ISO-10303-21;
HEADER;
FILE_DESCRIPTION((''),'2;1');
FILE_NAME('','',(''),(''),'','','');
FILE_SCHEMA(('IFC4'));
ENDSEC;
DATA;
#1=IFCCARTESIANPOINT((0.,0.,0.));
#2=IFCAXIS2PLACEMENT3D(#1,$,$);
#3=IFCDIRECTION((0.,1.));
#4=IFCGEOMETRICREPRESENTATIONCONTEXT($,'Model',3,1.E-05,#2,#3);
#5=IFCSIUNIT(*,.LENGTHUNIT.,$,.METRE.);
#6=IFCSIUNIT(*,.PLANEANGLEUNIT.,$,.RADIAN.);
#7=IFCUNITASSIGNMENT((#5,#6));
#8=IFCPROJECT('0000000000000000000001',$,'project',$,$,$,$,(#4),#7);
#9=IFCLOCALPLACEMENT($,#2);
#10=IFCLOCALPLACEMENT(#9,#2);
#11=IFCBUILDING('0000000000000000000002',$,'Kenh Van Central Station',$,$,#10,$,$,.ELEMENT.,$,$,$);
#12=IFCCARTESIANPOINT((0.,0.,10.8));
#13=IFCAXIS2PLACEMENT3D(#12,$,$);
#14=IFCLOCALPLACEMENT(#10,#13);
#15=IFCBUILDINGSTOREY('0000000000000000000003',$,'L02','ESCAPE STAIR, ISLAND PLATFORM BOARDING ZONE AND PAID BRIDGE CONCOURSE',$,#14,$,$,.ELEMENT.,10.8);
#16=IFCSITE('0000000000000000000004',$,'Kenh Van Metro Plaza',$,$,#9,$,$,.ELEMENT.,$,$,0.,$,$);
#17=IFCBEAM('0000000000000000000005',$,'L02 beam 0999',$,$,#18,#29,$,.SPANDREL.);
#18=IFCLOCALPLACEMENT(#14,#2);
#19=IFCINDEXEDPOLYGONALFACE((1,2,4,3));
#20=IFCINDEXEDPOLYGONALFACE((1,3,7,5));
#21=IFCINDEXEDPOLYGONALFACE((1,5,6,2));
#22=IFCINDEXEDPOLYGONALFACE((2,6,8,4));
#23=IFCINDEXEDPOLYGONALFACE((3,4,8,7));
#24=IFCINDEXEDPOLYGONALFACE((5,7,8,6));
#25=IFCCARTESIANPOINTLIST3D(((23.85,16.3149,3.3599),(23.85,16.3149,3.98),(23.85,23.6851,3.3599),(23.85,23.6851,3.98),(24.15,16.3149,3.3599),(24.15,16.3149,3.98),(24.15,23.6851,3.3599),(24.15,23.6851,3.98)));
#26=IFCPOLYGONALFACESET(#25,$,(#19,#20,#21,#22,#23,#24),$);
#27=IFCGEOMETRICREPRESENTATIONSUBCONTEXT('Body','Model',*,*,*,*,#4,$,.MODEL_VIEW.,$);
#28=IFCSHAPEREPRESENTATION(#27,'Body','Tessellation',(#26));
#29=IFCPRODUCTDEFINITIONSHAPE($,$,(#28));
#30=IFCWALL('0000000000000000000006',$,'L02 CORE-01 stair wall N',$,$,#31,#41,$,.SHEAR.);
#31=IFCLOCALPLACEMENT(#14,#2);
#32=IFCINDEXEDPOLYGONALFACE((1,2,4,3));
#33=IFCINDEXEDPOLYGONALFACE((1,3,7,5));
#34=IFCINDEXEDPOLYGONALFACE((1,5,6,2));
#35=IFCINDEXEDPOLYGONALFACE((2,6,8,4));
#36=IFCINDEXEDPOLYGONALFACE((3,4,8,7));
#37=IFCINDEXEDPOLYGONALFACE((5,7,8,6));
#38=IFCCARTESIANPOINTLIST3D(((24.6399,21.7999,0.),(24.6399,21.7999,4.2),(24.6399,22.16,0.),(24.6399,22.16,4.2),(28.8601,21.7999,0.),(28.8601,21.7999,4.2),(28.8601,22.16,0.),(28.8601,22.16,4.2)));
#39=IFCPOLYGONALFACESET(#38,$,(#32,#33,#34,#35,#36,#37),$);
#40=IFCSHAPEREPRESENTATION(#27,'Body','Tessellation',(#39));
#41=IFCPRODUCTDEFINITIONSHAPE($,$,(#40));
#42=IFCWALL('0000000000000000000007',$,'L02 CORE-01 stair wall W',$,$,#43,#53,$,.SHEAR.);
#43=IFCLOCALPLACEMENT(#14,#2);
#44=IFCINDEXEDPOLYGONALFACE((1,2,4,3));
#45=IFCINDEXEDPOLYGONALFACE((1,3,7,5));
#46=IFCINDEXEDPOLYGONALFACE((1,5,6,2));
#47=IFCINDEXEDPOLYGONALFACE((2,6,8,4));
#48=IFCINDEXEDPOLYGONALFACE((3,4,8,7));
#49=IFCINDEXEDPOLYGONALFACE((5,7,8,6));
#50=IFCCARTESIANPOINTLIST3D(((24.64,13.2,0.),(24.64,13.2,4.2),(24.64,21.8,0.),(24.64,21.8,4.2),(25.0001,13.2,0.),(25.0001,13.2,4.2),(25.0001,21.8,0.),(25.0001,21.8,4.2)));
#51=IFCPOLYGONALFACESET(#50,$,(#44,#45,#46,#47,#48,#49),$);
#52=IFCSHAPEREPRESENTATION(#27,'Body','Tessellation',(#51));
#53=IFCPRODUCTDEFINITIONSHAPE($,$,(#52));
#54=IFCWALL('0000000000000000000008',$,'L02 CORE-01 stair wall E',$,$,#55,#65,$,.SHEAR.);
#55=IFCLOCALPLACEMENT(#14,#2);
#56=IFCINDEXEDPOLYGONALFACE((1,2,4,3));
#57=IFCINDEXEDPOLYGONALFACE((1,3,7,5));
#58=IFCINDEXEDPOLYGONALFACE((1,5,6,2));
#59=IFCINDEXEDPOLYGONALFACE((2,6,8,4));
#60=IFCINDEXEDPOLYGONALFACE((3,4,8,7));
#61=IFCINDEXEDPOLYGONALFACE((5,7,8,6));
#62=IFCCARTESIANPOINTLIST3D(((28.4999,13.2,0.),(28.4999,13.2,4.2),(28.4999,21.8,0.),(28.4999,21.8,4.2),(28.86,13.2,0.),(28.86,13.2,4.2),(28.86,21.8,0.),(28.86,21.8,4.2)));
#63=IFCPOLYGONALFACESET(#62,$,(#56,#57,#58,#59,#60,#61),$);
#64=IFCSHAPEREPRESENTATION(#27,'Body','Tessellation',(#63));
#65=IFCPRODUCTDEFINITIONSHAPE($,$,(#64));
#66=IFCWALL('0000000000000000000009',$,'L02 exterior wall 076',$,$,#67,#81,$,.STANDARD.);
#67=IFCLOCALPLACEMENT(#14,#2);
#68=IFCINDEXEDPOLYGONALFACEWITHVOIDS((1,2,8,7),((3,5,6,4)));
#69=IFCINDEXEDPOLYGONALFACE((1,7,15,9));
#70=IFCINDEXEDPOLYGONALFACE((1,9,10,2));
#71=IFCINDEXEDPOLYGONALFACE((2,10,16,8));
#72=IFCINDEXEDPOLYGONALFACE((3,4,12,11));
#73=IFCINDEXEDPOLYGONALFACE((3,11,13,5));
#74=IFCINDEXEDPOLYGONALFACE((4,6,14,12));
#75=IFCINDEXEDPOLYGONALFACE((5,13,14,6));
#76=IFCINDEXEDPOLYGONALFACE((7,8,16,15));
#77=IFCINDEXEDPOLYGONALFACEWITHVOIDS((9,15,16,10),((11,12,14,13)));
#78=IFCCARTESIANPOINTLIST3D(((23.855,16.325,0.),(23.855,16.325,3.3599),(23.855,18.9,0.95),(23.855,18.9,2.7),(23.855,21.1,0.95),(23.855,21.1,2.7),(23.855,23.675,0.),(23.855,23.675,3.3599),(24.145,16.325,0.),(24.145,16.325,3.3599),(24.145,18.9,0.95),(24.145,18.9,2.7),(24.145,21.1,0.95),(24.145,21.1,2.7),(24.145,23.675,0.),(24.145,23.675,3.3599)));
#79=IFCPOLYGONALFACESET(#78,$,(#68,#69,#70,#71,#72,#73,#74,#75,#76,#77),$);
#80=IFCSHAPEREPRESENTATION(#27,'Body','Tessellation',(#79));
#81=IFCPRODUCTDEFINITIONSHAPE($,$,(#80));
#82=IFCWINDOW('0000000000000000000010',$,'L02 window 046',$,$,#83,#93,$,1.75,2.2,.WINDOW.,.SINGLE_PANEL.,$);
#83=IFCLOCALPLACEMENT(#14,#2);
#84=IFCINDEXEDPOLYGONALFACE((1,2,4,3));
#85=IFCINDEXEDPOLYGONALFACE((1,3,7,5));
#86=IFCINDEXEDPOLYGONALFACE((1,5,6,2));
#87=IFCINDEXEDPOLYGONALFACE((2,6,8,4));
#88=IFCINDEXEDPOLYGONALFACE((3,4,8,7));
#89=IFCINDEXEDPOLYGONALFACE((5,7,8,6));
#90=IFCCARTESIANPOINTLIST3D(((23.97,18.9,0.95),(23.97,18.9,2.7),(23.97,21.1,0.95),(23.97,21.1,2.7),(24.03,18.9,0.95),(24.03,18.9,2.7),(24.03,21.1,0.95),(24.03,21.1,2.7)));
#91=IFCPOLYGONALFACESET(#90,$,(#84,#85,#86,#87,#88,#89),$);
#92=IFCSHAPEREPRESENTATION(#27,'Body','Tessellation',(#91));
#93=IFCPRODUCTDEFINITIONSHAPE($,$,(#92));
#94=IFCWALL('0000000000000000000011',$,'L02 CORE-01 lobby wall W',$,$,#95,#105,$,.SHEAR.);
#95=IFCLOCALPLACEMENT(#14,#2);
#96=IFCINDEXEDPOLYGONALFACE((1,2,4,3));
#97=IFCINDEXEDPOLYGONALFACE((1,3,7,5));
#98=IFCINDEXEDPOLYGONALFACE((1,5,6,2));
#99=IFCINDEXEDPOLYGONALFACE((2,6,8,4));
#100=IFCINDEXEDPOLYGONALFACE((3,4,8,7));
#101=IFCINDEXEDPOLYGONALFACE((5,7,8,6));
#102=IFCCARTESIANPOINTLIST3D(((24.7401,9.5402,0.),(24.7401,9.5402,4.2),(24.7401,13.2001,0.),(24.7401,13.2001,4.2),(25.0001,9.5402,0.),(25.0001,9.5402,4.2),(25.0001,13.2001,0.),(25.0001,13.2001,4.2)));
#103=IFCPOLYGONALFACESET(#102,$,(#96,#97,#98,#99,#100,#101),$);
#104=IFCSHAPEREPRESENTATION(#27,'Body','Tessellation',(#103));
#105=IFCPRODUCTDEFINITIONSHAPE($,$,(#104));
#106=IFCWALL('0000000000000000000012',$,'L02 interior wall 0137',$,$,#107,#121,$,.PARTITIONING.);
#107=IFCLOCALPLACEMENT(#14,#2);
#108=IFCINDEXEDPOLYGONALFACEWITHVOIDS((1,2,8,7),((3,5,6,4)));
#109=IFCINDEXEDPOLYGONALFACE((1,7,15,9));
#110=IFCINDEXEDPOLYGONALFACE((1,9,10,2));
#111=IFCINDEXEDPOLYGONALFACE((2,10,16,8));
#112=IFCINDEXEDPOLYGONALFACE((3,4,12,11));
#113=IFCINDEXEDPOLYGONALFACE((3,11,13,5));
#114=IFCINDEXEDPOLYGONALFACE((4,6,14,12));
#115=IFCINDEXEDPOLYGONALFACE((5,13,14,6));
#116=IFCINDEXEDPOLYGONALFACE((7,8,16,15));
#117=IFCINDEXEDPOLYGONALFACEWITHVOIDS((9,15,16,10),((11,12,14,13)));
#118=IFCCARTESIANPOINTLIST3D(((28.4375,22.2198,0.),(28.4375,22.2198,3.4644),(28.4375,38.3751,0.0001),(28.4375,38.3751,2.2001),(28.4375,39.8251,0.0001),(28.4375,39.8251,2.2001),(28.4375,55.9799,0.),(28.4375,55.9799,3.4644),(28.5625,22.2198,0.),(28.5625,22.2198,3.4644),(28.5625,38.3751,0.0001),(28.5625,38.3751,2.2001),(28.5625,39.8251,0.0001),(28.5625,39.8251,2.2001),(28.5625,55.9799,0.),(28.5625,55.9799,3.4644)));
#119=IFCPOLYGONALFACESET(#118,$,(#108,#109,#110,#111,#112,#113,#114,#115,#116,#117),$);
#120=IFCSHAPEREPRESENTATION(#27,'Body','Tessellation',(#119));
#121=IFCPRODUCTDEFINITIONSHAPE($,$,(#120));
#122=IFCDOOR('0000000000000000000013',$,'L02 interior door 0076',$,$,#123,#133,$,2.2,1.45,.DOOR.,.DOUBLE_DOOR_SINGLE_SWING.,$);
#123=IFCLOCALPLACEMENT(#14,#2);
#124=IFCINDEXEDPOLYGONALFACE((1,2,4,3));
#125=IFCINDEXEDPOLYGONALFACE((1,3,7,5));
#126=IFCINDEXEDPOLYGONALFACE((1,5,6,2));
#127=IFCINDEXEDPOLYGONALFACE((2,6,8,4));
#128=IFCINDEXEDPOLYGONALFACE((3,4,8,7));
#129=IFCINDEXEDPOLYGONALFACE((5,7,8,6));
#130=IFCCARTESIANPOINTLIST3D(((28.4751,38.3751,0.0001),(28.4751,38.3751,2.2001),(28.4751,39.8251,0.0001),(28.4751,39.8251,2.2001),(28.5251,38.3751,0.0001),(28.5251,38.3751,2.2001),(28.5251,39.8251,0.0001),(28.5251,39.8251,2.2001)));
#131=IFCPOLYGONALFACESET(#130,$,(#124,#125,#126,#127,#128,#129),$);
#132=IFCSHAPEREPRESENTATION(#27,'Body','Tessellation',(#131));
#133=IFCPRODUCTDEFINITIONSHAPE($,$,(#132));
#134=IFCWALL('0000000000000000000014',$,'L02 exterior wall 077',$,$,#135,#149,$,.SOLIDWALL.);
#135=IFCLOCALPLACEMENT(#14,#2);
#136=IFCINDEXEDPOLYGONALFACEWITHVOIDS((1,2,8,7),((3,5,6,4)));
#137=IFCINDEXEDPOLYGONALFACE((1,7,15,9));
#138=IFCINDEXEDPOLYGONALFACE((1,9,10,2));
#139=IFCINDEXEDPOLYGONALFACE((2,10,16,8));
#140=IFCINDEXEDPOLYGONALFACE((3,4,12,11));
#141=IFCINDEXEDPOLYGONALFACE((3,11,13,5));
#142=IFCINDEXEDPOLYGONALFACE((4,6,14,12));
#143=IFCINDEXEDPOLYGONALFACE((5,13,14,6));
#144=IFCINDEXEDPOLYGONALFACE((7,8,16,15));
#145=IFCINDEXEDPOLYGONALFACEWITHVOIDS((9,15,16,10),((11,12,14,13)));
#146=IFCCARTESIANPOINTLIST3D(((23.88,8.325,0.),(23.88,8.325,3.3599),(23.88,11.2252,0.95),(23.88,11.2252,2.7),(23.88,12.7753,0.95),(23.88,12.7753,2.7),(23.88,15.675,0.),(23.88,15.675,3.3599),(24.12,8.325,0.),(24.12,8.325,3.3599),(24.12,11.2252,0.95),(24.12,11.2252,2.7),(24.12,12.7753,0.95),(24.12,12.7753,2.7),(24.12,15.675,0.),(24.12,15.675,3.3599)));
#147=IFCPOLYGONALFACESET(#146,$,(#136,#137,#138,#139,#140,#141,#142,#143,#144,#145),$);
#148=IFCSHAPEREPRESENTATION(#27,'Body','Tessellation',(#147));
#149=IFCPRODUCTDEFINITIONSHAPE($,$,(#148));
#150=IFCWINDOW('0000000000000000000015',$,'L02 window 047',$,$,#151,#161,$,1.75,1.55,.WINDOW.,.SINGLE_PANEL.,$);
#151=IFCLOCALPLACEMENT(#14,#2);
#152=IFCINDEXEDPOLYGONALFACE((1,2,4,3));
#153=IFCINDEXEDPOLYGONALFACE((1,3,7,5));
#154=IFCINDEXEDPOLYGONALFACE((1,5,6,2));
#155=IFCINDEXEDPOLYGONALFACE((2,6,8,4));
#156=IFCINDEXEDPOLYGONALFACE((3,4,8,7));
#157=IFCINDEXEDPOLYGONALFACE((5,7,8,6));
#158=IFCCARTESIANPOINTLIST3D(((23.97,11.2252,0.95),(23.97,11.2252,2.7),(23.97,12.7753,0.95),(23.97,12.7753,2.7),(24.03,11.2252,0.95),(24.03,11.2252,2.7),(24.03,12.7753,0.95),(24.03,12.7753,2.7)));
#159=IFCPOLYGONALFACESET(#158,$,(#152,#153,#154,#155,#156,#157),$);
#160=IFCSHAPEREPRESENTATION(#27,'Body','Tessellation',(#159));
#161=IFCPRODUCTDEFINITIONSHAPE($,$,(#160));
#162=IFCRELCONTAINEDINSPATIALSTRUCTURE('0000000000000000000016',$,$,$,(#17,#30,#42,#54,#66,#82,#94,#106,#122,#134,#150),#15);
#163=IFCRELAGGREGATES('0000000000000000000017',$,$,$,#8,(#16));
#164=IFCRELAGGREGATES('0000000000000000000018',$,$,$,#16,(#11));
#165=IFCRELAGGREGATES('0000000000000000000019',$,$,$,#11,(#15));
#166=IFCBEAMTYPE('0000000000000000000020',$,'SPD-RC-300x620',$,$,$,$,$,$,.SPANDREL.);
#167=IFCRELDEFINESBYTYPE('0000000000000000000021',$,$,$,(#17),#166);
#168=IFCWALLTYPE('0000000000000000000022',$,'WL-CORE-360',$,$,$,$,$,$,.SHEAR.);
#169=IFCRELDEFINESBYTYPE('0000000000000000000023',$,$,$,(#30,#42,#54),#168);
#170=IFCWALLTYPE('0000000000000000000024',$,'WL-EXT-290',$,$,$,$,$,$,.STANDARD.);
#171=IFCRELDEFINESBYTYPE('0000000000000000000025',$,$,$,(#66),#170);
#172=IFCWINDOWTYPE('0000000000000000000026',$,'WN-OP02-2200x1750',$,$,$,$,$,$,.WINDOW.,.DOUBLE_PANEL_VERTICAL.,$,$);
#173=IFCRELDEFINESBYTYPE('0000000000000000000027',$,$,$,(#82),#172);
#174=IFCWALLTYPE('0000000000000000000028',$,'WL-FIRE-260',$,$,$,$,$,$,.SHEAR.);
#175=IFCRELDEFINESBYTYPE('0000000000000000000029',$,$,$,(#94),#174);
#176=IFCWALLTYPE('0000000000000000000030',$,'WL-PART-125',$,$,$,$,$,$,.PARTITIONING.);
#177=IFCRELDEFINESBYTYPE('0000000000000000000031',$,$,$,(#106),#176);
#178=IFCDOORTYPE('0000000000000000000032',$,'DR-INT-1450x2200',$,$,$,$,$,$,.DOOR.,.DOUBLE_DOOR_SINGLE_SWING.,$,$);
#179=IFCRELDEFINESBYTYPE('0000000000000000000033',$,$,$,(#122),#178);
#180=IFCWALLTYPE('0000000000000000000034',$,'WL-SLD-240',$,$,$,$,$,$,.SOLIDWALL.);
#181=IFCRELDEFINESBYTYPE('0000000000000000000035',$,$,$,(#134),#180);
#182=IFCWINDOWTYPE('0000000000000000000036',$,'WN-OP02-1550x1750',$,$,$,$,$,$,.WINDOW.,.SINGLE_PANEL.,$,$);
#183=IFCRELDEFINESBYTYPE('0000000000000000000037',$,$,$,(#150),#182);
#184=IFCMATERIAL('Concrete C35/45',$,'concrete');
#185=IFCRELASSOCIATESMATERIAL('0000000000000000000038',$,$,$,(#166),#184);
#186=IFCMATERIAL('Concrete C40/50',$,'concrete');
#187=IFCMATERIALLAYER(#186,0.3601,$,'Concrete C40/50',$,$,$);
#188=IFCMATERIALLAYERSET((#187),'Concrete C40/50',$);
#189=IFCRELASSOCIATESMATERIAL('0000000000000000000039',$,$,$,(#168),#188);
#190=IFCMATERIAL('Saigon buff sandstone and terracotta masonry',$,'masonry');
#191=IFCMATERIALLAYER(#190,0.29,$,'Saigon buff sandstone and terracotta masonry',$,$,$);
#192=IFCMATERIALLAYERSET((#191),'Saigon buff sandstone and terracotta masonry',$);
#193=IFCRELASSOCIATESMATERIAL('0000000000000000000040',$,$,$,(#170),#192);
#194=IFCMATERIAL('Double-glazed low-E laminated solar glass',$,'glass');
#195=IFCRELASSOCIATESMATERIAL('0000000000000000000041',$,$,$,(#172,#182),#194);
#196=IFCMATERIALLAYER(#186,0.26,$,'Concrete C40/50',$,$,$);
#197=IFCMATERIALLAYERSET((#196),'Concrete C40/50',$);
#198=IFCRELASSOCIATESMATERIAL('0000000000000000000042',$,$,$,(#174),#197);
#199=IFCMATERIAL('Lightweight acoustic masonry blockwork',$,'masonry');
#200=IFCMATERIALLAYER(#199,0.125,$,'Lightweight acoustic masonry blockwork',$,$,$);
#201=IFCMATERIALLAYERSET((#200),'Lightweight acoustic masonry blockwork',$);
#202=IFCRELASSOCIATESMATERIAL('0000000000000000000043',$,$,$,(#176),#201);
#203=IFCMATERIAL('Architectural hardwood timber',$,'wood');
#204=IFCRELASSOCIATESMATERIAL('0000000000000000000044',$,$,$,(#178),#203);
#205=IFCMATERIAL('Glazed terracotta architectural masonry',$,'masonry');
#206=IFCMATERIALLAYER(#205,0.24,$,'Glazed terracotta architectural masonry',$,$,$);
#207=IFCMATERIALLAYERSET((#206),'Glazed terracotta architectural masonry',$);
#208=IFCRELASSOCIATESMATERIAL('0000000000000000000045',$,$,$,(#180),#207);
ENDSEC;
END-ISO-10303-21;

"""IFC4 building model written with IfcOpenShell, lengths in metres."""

from ifc_helpers import new_model, si_unit, direction, frame, frame_2d, origin, origin_2d, place, context, subcontext, project, spatial, rectangle, extrude, material, layer, layer_set, material_profile, profile_set, type_object, element, fill, save


model = new_model("IFC4")

# Units and contexts
model_context = context("Model", 3, precision=1e-05, world=origin(), true_north=direction((0.0, 1.0)))
body_context = subcontext(model_context, "Body", "Model", "MODEL_VIEW")
ifc_project = project(units=[si_unit("LENGTHUNIT", "METRE"), si_unit("PLANEANGLEUNIT", "RADIAN")], contexts=[model_context])

# Site, building, storey
site_placement = place(None, origin())
site = spatial("IfcSite", under=ifc_project, at=site_placement, Name="Kenh Van Metro Plaza", CompositionType="ELEMENT", RefElevation=0.0)
building_placement = place(site_placement, origin())
building = spatial("IfcBuilding", under=site, at=building_placement, Name="Kenh Van Central Station", CompositionType="ELEMENT")
storey_placement = place(building_placement, frame((0.0, 0.0, 10.8)))
storey = spatial("IfcBuildingStorey", under=building, at=storey_placement, Name="L02", Description="ESCAPE STAIR, ISLAND PLATFORM BOARDING ZONE AND PAID BRIDGE CONCOURSE", CompositionType="ELEMENT", Elevation=10.8)

# Shared definitions
ifc_material_1 = material(Name="Concrete C35/45", Category="concrete")

# Beam
ifc_material_profile_1 = material_profile(ifc_material_1, rectangle(XDim=0.3, YDim=0.6201, at=origin_2d()), Name="RC 300x620")
ifc_profile_set_1 = profile_set([ifc_material_profile_1], Name="Concrete C35/45")
beam_type_1 = type_object("IfcBeamType", Name="SPD-RC-300x620", PredefinedType="SPANDREL", material=ifc_profile_set_1)
beam_placement = place(storey_placement, frame((24.0, 16.3149, 3.6699), z_axis=(0.0, 1.0, 0.0), x_axis=(-1.0, 0.0, 0.0)))
element("IfcBeam", 1, at=beam_placement, inside=storey, type_object=beam_type_1, Name="L02 beam 0999", PredefinedType="SPANDREL", context=body_context, shape_type="SweptSolid", body=[
    extrude(rectangle(XDim=0.3, YDim=0.6201, at=origin_2d()), origin(), (0.0, 0.0, 1.0), 7.3701),
])

# Shared definitions
ifc_material_2 = material(Name="Concrete C40/50", Category="concrete")
ifc_layer_1 = layer(ifc_material_2, 0.3601, Name="Concrete C40/50")
ifc_layer_set_1 = layer_set([ifc_layer_1], Name="Concrete C40/50")
wall_type_1 = type_object("IfcWallType", Name="WL-CORE-360", PredefinedType="SHEAR", material=ifc_layer_set_1)

# Walls
wall_1_placement = place(storey_placement, frame((24.6399, 21.98, 0.0), z_axis=(0.0, 0.0, 1.0), x_axis=(1.0, 0.0, 0.0)))
element("IfcWall", 2, at=wall_1_placement, inside=storey, type_object=wall_type_1, Name="L02 CORE-01 stair wall N", PredefinedType="SHEAR", context=body_context, shape_type="SweptSolid", body=[
    extrude(rectangle(XDim=4.2202, YDim=0.3601, at=frame_2d((2.1101, 0.0))), origin(), (0.0, 0.0, 1.0), 4.2),
])
for number, where, z_axis, x_axis, name in (
    (3, (24.8201, 13.2, 0.0), (0.0, 0.0, 1.0), (0.0, 1.0, 0.0), "L02 CORE-01 stair wall W"),
    (4, (28.6799, 13.2, 0.0), (0.0, 0.0, 1.0), (0.0, 1.0, 0.0), "L02 CORE-01 stair wall E"),
):
    element("IfcWall", number, at=place(storey_placement, frame(where, z_axis=z_axis, x_axis=x_axis)), inside=storey, type_object=wall_type_1, Name=name, PredefinedType="SHEAR", context=body_context, shape_type="SweptSolid", body=[
        extrude(rectangle(XDim=8.6001, YDim=0.3601, at=frame_2d((4.3, 0.0))), origin(), (0.0, 0.0, 1.0), 4.2),
    ])

# Wall, opening, window
ifc_material_3 = material(Name="Saigon buff sandstone and terracotta masonry", Category="masonry")
ifc_layer_2 = layer(ifc_material_3, 0.29, Name="Saigon buff sandstone and terracotta masonry")
ifc_layer_set_2 = layer_set([ifc_layer_2], Name="Saigon buff sandstone and terracotta masonry")
wall_type_2 = type_object("IfcWallType", Name="WL-EXT-290", PredefinedType="STANDARD", material=ifc_layer_set_2)
wall_2_placement = place(storey_placement, frame((24.0, 23.675, 0.0), z_axis=(0.0, 0.0, 1.0), x_axis=(0.0, -1.0, 0.0)))
wall_2 = element("IfcWall", 5, at=wall_2_placement, inside=storey, type_object=wall_type_2, Name="L02 exterior wall 076", PredefinedType="STANDARD", context=body_context, shape_type="SweptSolid", body=[
    extrude(rectangle(XDim=7.3501, YDim=0.29, at=frame_2d((3.675, 0.0))), origin(), (0.0, 0.0, 1.0), 3.3599),
])
opening_1_placement = place(wall_2_placement, frame((2.575, 0.0, 0.95)))
opening_1 = element("IfcOpeningElement", 6, at=opening_1_placement, cuts=wall_2, PredefinedType="OPENING", context=body_context, shape_type="SweptSolid", body=[
    extrude(rectangle(XDim=2.2, YDim=1.75, at=frame_2d((1.1001, 0.875))), frame((0.0, 0.155, 0.0), z_axis=(0.0, -1.0, 0.0), x_axis=(1.0, 0.0, 0.0)), (0.0, 0.0, 1.0), 0.3101),
])
ifc_material_4 = material(Name="Double-glazed low-E laminated solar glass", Category="glass")
window_type_1 = type_object("IfcWindowType", Name="WN-OP02-2200x1750", PartitioningType="DOUBLE_PANEL_VERTICAL", PredefinedType="WINDOW", material=ifc_material_4)
window_1_placement = place(opening_1_placement, origin())
window_1 = element("IfcWindow", 7, at=window_1_placement, inside=storey, type_object=window_type_1, Name="L02 window 046", OverallHeight=1.75, OverallWidth=2.2, PartitioningType="SINGLE_PANEL", PredefinedType="WINDOW", context=body_context, shape_type="SweptSolid", body=[
    extrude(rectangle(XDim=2.2, YDim=1.75, at=frame_2d((1.1001, 0.875))), frame((0.0, 0.03, 0.0), z_axis=(0.0, -1.0, 0.0), x_axis=(1.0, 0.0, 0.0)), (0.0, 0.0, 1.0), 0.0601),
])
fill(opening_1, window_1)

# Wall
ifc_layer_3 = layer(ifc_material_2, 0.26, Name="Concrete C40/50")
ifc_layer_set_3 = layer_set([ifc_layer_3], Name="Concrete C40/50")
wall_type_3 = type_object("IfcWallType", Name="WL-FIRE-260", PredefinedType="SHEAR", material=ifc_layer_set_3)
wall_3_placement = place(storey_placement, frame((24.8701, 9.54, 0.0), z_axis=(0.0, 0.0, 1.0), x_axis=(0.0, 1.0, 0.0)))
element("IfcWall", 8, at=wall_3_placement, inside=storey, type_object=wall_type_3, Name="L02 CORE-01 lobby wall W", PredefinedType="SHEAR", context=body_context, shape_type="SweptSolid", body=[
    extrude(rectangle(XDim=3.6599, YDim=0.26, at=frame_2d((1.8301, 0.0))), origin(), (0.0, 0.0, 1.0), 4.2),
])

# Wall, opening, door
ifc_material_5 = material(Name="Lightweight acoustic masonry blockwork", Category="masonry")
ifc_layer_4 = layer(ifc_material_5, 0.125, Name="Lightweight acoustic masonry blockwork")
ifc_layer_set_4 = layer_set([ifc_layer_4], Name="Lightweight acoustic masonry blockwork")
wall_type_4 = type_object("IfcWallType", Name="WL-PART-125", PredefinedType="PARTITIONING", material=ifc_layer_set_4)
wall_4_placement = place(storey_placement, frame((28.5, 22.22, 0.0), z_axis=(0.0, 0.0, 1.0), x_axis=(0.0, 1.0, 0.0)))
wall_4 = element("IfcWall", 9, at=wall_4_placement, inside=storey, type_object=wall_type_4, Name="L02 interior wall 0137", PredefinedType="PARTITIONING", context=body_context, shape_type="SweptSolid", body=[
    extrude(rectangle(XDim=33.76, YDim=0.125, at=frame_2d((16.8799, 0.0))), origin(), (0.0, 0.0, 1.0), 3.4644),
])
opening_2_placement = place(wall_4_placement, frame((16.155, 0.0, 0.0)))
opening_2 = element("IfcOpeningElement", 10, at=opening_2_placement, cuts=wall_4, PredefinedType="OPENING", context=body_context, shape_type="SweptSolid", body=[
    extrude(rectangle(XDim=1.45, YDim=2.2, at=frame_2d((0.7251, 1.1001))), frame((0.0, 0.0725, 0.0), z_axis=(0.0, -1.0, 0.0), x_axis=(1.0, 0.0, 0.0)), (0.0, 0.0, 1.0), 0.145),
])
ifc_material_6 = material(Name="Architectural hardwood timber", Category="wood")
door_type_1 = type_object("IfcDoorType", Name="DR-INT-1450x2200", OperationType="DOUBLE_DOOR_SINGLE_SWING", PredefinedType="DOOR", material=ifc_material_6)
door_1_placement = place(opening_2_placement, origin())
door_1 = element("IfcDoor", 11, at=door_1_placement, inside=storey, type_object=door_type_1, Name="L02 interior door 0076", OperationType="DOUBLE_DOOR_SINGLE_SWING", OverallHeight=2.2, OverallWidth=1.45, PredefinedType="DOOR", context=body_context, shape_type="SweptSolid", body=[
    extrude(rectangle(XDim=1.45, YDim=2.2, at=frame_2d((0.7251, 1.1001))), frame((0.0, 0.0249, 0.0), z_axis=(0.0, -1.0, 0.0), x_axis=(1.0, 0.0, 0.0)), (0.0, 0.0, 1.0), 0.05),
])
fill(opening_2, door_1)

# Wall, opening, window
ifc_material_7 = material(Name="Glazed terracotta architectural masonry", Category="masonry")
ifc_layer_5 = layer(ifc_material_7, 0.24, Name="Glazed terracotta architectural masonry")
ifc_layer_set_5 = layer_set([ifc_layer_5], Name="Glazed terracotta architectural masonry")
wall_type_5 = type_object("IfcWallType", Name="WL-SLD-240", PredefinedType="SOLIDWALL", material=ifc_layer_set_5)
wall_5_placement = place(storey_placement, frame((24.0, 15.675, 0.0), z_axis=(0.0, 0.0, 1.0), x_axis=(0.0, -1.0, 0.0)))
wall_5 = element("IfcWall", 12, at=wall_5_placement, inside=storey, type_object=wall_type_5, Name="L02 exterior wall 077", PredefinedType="SOLIDWALL", context=body_context, shape_type="SweptSolid", body=[
    extrude(rectangle(XDim=7.3501, YDim=0.24, at=frame_2d((3.675, 0.0))), origin(), (0.0, 0.0, 1.0), 3.3599),
])
opening_3_placement = place(wall_5_placement, frame((2.8999, 0.0, 0.95)))
opening_3 = element("IfcOpeningElement", 13, at=opening_3_placement, cuts=wall_5, PredefinedType="OPENING", context=body_context, shape_type="SweptSolid", body=[
    extrude(rectangle(XDim=1.55, YDim=1.75, at=frame_2d((0.7749, 0.875))), frame((0.0, 0.1299, 0.0), z_axis=(0.0, -1.0, 0.0), x_axis=(1.0, 0.0, 0.0)), (0.0, 0.0, 1.0), 0.26),
])
window_type_2 = type_object("IfcWindowType", Name="WN-OP02-1550x1750", PartitioningType="SINGLE_PANEL", PredefinedType="WINDOW", material=ifc_material_4)
window_2_placement = place(opening_3_placement, origin())
window_2 = element("IfcWindow", 14, at=window_2_placement, inside=storey, type_object=window_type_2, Name="L02 window 047", OverallHeight=1.75, OverallWidth=1.55, PartitioningType="SINGLE_PANEL", PredefinedType="WINDOW", context=body_context, shape_type="SweptSolid", body=[
    extrude(rectangle(XDim=1.55, YDim=1.75, at=frame_2d((0.7749, 0.875))), frame((0.0, 0.03, 0.0), z_axis=(0.0, -1.0, 0.0), x_axis=(1.0, 0.0, 0.0)), (0.0, 0.0, 1.0), 0.0601),
])
fill(opening_3, window_2)

save(model, "model.ifc")
